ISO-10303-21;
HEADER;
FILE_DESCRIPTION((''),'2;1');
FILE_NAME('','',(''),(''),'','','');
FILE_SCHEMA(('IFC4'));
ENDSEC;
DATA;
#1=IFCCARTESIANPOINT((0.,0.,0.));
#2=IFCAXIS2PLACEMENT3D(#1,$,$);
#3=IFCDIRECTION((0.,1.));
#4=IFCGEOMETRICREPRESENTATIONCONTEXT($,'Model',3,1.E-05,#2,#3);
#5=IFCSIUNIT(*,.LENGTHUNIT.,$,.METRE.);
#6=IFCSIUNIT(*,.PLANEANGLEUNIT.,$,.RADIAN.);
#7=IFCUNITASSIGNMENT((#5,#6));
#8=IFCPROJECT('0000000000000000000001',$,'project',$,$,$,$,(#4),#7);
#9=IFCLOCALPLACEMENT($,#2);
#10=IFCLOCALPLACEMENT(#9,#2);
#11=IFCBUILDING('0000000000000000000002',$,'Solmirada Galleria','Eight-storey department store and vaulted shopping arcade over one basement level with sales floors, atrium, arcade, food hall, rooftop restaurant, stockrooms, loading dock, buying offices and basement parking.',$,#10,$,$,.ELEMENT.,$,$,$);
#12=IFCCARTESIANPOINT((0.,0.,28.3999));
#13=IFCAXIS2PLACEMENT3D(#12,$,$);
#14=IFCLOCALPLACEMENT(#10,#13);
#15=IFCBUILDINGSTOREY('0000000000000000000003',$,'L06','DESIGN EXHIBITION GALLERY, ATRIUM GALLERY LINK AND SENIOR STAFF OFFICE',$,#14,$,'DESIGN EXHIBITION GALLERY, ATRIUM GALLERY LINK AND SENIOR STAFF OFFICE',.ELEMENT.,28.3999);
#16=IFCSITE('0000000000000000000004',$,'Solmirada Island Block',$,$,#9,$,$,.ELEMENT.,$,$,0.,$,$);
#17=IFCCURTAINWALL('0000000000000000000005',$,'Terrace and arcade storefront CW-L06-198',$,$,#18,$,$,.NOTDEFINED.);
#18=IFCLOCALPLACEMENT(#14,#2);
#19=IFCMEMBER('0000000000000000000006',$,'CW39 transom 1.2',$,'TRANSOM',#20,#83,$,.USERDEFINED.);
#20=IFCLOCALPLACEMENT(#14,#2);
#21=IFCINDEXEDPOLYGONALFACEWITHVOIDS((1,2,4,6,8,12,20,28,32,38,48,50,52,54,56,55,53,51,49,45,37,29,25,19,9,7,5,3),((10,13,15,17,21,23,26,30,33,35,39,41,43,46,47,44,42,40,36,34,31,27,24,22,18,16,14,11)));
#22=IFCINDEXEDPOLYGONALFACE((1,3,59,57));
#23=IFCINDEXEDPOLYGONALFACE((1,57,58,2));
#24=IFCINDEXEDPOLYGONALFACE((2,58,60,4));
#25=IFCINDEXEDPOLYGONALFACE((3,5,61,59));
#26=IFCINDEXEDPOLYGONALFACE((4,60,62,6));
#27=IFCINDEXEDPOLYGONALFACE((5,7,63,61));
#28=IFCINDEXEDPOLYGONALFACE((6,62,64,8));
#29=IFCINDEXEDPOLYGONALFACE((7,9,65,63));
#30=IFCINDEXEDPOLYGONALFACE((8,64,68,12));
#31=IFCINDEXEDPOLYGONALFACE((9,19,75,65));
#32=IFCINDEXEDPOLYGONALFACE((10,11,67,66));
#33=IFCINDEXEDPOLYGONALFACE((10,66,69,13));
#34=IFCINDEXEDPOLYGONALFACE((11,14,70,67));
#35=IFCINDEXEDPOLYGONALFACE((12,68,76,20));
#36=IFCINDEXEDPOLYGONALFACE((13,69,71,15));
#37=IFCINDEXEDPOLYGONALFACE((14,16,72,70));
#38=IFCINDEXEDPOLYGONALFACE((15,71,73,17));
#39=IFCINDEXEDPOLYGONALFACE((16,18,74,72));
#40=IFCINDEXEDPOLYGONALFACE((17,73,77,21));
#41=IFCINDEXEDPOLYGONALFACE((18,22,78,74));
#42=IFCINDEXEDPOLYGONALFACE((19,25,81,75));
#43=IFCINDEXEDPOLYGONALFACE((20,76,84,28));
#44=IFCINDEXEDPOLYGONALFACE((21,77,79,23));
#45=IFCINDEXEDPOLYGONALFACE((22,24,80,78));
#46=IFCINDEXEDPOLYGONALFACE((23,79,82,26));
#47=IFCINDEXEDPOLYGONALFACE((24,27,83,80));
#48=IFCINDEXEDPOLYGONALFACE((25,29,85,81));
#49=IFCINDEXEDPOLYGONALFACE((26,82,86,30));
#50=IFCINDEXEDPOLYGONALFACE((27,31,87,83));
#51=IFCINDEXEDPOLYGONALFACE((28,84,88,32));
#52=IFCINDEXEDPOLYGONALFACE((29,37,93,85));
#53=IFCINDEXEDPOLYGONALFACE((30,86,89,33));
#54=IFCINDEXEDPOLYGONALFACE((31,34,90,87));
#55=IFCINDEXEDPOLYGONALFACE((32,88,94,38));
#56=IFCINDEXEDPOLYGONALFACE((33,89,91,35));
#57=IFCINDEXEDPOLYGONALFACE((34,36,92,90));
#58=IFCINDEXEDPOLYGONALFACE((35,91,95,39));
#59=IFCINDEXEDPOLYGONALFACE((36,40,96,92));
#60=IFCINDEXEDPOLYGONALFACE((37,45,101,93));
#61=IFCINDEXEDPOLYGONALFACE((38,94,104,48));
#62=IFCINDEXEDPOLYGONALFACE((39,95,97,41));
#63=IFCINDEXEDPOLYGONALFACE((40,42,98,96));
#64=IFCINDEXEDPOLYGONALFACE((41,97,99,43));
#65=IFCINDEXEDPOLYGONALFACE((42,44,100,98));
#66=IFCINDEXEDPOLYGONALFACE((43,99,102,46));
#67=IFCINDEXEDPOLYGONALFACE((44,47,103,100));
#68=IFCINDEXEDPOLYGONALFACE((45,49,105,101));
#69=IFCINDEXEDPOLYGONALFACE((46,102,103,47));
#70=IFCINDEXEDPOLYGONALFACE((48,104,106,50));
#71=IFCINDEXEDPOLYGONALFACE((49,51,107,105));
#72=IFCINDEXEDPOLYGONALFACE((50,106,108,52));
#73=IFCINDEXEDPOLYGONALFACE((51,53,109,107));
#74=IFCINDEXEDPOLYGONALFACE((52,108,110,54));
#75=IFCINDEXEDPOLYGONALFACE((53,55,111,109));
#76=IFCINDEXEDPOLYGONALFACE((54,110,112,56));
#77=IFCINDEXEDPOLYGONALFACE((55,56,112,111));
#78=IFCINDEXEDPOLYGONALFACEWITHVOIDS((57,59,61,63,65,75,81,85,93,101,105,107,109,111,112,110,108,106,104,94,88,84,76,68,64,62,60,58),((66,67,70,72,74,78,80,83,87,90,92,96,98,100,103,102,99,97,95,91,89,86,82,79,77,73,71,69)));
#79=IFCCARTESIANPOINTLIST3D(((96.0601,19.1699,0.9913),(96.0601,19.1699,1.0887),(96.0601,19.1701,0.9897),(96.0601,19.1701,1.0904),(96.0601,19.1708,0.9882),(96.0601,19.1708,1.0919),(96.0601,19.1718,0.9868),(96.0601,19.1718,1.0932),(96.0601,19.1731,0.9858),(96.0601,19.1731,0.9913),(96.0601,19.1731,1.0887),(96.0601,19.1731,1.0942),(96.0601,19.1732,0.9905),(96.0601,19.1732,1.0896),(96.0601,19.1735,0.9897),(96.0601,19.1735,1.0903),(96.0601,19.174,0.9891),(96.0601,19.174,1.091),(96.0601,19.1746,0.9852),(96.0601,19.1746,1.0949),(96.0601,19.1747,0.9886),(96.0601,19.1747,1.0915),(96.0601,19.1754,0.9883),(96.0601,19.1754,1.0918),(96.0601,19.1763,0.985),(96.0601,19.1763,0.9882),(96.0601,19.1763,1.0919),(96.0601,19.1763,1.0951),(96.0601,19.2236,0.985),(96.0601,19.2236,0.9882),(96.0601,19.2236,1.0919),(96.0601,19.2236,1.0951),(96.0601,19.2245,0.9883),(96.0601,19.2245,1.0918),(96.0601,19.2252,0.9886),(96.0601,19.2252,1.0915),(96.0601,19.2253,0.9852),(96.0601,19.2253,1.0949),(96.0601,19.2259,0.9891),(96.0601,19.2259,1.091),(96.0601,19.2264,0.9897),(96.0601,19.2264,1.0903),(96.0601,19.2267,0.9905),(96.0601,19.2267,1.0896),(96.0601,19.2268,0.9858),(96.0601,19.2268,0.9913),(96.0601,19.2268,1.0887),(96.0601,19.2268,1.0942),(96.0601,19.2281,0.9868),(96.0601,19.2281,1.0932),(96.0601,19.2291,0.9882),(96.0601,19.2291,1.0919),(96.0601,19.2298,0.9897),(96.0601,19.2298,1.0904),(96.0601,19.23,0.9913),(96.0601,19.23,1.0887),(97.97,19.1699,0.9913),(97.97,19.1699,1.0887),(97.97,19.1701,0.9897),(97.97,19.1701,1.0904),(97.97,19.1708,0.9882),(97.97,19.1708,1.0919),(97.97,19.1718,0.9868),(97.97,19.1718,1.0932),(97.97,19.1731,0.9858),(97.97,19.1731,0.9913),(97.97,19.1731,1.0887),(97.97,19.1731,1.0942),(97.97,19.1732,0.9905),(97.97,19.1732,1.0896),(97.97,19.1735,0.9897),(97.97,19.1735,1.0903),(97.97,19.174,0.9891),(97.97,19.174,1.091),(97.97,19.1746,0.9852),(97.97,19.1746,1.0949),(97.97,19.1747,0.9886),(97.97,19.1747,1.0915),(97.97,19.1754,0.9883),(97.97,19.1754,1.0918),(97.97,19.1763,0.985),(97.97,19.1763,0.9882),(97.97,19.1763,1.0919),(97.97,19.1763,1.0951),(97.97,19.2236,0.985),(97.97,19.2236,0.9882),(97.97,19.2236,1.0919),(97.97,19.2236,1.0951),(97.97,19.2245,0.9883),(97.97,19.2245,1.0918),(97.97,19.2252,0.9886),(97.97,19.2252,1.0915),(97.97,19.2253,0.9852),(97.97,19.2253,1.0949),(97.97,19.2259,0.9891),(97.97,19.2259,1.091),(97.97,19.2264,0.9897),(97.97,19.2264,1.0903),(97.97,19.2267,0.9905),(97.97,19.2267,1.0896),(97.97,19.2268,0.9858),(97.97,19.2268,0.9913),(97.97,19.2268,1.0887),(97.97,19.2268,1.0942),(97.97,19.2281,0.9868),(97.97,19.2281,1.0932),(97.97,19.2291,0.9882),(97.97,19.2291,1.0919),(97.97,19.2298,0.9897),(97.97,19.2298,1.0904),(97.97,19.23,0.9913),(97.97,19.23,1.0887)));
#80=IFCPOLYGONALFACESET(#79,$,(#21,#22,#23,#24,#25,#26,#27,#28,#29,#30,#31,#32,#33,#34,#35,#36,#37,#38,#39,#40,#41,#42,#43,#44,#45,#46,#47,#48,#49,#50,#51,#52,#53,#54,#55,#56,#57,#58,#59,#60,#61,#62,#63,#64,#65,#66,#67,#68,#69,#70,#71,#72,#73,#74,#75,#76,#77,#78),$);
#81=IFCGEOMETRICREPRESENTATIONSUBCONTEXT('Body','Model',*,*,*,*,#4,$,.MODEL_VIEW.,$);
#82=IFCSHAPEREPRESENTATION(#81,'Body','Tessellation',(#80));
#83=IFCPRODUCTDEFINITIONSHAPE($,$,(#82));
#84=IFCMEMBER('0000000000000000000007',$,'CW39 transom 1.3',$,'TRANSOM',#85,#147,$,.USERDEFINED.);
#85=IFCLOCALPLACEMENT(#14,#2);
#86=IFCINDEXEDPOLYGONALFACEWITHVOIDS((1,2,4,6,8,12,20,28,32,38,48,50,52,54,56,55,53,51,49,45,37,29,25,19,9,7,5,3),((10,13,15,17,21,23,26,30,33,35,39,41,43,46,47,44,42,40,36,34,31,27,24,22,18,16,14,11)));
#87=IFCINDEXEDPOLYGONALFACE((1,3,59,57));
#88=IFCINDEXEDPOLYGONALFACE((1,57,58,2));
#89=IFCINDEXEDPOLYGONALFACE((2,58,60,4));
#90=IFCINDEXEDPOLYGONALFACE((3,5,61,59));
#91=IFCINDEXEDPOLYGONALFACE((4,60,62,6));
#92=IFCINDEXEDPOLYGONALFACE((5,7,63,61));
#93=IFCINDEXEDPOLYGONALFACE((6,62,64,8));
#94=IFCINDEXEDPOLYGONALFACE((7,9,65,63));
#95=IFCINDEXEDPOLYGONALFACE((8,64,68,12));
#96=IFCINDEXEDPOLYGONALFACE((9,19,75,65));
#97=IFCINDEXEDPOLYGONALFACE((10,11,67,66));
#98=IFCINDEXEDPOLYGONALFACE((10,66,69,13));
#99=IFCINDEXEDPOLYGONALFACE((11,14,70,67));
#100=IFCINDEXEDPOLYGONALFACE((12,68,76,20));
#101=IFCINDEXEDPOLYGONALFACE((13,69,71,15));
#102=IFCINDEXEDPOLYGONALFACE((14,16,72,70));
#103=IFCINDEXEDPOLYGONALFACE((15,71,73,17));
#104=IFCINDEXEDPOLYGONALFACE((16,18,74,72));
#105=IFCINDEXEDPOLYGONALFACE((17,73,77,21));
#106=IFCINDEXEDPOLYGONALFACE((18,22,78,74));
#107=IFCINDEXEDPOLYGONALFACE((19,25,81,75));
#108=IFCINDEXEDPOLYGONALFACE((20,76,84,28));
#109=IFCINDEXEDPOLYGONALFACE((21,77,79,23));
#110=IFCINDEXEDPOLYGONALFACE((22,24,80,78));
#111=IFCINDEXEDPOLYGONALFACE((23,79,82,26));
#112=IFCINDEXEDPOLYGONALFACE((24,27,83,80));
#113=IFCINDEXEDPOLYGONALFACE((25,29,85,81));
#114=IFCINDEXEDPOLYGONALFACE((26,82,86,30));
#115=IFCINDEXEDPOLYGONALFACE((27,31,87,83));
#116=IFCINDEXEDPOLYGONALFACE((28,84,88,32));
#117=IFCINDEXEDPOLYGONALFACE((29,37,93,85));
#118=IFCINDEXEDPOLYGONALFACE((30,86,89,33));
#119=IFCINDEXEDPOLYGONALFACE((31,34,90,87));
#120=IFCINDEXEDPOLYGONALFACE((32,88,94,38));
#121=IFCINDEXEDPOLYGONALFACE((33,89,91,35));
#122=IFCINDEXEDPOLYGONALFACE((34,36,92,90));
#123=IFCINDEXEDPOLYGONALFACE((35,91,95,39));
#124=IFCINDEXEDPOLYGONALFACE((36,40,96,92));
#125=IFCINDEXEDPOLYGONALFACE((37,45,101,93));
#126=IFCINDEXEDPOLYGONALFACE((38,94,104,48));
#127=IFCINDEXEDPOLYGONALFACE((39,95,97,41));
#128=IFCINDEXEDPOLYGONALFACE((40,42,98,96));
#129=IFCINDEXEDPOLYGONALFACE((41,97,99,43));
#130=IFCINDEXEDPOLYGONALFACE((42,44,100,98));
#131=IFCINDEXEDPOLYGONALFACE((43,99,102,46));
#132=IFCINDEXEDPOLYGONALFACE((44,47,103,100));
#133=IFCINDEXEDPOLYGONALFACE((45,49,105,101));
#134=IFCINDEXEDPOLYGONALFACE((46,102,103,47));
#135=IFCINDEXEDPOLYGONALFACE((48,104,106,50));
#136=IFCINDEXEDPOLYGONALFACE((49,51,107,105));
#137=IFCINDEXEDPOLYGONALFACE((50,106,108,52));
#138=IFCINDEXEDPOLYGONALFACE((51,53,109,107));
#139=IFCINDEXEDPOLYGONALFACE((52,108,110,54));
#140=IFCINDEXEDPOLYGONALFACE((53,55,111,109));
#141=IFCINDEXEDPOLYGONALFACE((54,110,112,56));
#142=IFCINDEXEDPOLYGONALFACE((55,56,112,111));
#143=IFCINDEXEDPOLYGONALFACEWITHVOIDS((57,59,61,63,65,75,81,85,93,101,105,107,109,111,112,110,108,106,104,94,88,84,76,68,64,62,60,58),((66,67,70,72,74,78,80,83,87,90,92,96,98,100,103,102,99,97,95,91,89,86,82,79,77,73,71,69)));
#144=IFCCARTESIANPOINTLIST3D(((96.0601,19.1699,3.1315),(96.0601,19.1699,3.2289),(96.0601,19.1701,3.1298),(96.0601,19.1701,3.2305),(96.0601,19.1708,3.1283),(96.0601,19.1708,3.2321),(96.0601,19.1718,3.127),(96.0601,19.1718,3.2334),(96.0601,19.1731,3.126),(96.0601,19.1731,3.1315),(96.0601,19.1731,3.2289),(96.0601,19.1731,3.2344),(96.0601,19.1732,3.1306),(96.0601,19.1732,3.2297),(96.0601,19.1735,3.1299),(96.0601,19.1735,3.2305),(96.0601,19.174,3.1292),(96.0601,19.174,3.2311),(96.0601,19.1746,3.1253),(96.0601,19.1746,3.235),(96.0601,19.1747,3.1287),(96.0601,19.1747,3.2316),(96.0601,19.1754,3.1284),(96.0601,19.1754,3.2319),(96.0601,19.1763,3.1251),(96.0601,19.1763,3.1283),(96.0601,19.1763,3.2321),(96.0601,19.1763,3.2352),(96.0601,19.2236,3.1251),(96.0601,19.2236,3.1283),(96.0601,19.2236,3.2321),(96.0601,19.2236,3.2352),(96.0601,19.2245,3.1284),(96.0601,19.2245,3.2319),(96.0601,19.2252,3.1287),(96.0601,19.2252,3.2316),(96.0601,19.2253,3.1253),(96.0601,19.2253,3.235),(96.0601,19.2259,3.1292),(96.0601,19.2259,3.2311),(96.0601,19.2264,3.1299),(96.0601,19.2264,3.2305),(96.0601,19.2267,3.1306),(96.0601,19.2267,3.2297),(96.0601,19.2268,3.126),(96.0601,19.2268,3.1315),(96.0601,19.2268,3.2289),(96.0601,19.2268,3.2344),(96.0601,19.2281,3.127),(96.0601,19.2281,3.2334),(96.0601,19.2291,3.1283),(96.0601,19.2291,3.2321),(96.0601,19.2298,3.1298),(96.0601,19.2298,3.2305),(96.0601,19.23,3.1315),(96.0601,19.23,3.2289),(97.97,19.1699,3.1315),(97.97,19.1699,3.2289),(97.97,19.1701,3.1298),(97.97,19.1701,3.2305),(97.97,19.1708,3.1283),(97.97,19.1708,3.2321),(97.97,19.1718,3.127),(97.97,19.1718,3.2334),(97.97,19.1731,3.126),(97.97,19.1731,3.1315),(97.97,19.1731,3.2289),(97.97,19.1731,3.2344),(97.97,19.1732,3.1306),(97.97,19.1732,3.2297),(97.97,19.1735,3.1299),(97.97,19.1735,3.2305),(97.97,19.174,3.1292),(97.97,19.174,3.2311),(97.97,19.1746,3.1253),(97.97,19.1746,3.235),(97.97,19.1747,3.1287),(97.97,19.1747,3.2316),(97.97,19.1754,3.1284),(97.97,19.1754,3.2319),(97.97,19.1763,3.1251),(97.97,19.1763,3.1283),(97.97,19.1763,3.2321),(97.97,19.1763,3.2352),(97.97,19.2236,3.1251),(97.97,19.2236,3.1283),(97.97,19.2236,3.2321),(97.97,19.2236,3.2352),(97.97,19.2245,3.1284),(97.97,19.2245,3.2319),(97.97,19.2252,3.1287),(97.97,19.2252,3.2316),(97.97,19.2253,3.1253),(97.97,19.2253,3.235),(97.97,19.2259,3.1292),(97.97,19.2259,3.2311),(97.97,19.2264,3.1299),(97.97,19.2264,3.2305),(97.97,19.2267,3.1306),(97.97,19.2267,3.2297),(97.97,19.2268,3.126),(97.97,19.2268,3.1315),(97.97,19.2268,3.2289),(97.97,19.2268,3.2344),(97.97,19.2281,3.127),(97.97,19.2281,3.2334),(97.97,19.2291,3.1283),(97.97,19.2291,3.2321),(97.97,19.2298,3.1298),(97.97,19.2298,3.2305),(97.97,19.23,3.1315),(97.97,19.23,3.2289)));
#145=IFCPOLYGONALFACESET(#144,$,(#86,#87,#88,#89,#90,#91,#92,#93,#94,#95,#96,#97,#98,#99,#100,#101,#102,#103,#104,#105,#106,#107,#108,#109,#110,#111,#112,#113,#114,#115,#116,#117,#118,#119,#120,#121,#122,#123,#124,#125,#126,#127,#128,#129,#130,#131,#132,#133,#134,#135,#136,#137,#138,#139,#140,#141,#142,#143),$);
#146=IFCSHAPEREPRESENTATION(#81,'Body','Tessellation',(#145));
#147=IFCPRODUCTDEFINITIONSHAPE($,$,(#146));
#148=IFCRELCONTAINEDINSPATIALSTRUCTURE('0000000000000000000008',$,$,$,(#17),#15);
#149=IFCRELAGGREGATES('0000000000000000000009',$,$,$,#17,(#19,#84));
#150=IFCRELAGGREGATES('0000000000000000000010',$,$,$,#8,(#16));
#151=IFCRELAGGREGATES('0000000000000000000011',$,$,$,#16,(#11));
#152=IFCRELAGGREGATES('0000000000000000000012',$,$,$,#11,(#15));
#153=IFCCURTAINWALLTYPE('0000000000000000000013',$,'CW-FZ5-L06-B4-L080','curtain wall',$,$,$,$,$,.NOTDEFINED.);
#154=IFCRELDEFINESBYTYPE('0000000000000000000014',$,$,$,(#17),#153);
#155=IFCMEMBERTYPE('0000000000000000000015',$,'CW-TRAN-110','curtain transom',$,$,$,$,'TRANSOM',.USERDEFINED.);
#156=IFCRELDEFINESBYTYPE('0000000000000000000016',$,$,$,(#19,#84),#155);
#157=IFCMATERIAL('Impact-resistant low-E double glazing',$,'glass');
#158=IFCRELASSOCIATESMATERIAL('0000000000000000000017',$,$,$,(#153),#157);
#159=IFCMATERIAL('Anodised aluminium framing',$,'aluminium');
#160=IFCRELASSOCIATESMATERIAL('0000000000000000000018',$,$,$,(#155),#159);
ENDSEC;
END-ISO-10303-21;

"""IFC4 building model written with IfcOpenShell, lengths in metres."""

from ifc_helpers import new_model, si_unit, direction, frame, origin, origin_2d, place, context, subcontext, project, spatial, hollow_rectangle, extrude, material, material_profile, profile_set, type_object, element, aggregate, save


model = new_model("IFC4")

# Units and contexts
model_context = context("Model", 3, precision=1e-05, world=origin(), true_north=direction((0.0, 1.0)))
body_context = subcontext(model_context, "Body", "Model", "MODEL_VIEW")
ifc_project = project(units=[si_unit("LENGTHUNIT", "METRE"), si_unit("PLANEANGLEUNIT", "RADIAN")], contexts=[model_context])

# Site, building, storey
site_placement = place(None, origin())
site = spatial("IfcSite", under=ifc_project, at=site_placement, Name="Solmirada Island Block", CompositionType="ELEMENT", RefElevation=0.0)
building_placement = place(site_placement, origin())
building = spatial("IfcBuilding", under=site, at=building_placement, Name="Solmirada Galleria", Description="Eight-storey department store and vaulted shopping arcade over one basement level with sales floors, atrium, arcade, food hall, rooftop restaurant, stockrooms, loading dock, buying offices and basement parking.", CompositionType="ELEMENT")
storey_placement = place(building_placement, frame((0.0, 0.0, 28.3999)))
storey = spatial("IfcBuildingStorey", under=building, at=storey_placement, Name="L06", Description="DESIGN EXHIBITION GALLERY, ATRIUM GALLERY LINK AND SENIOR STAFF OFFICE", LongName="DESIGN EXHIBITION GALLERY, ATRIUM GALLERY LINK AND SENIOR STAFF OFFICE", CompositionType="ELEMENT", Elevation=28.3999)

# Curtain wall, members
ifc_material_1 = material(Name="Impact-resistant low-E double glazing", Category="glass")
curtain_wall_type = type_object("IfcCurtainWallType", Name="CW-FZ5-L06-B4-L080", Description="curtain wall", PredefinedType="NOTDEFINED", material=ifc_material_1)
curtain_wall_placement = place(storey_placement, origin())
curtain_wall = element("IfcCurtainWall", 1, at=curtain_wall_placement, inside=storey, type_object=curtain_wall_type, Name="Terrace and arcade storefront CW-L06-198", PredefinedType="NOTDEFINED")
ifc_material_2 = material(Name="Anodised aluminium framing", Category="aluminium")
ifc_material_profile_1 = material_profile(ifc_material_2, hollow_rectangle(XDim=0.0601, YDim=0.1101, WallThickness=0.0032, InnerFilletRadius=0.0032, OuterFilletRadius=0.0063, at=origin_2d()), Name="ALU-TRAN-110X60")
ifc_profile_set_1 = profile_set([ifc_material_profile_1], Name="Anodised aluminium framing")
member_type_1 = type_object("IfcMemberType", Name="CW-TRAN-110", Description="curtain transom", ElementType="TRANSOM", PredefinedType="USERDEFINED", material=ifc_profile_set_1)
member_1_placement = place(storey_placement, frame((96.0601, 19.2, 1.04), z_axis=(1.0, 0.0, 0.0), x_axis=(0.0, 1.0, 0.0)))
member_1 = element("IfcMember", 2, at=member_1_placement, type_object=member_type_1, Name="CW39 transom 1.2", ObjectType="TRANSOM", PredefinedType="USERDEFINED", context=body_context, shape_type="SweptSolid", body=[
    extrude(hollow_rectangle(XDim=0.0601, YDim=0.1101, WallThickness=0.0032, InnerFilletRadius=0.0032, OuterFilletRadius=0.0063, at=origin_2d()), origin(), (0.0, 0.0, 1.0), 1.9099),
])
member_2_placement = place(storey_placement, frame((96.0601, 19.2, 3.1802), z_axis=(1.0, 0.0, 0.0), x_axis=(0.0, 1.0, 0.0)))
member_2 = element("IfcMember", 3, at=member_2_placement, type_object=member_type_1, Name="CW39 transom 1.3", ObjectType="TRANSOM", PredefinedType="USERDEFINED", context=body_context, shape_type="SweptSolid", body=[
    extrude(hollow_rectangle(XDim=0.0601, YDim=0.1101, WallThickness=0.0032, InnerFilletRadius=0.0032, OuterFilletRadius=0.0063, at=origin_2d()), origin(), (0.0, 0.0, 1.0), 1.9099),
])

aggregate(curtain_wall, [member_1, member_2])

save(model, "model.ifc")
